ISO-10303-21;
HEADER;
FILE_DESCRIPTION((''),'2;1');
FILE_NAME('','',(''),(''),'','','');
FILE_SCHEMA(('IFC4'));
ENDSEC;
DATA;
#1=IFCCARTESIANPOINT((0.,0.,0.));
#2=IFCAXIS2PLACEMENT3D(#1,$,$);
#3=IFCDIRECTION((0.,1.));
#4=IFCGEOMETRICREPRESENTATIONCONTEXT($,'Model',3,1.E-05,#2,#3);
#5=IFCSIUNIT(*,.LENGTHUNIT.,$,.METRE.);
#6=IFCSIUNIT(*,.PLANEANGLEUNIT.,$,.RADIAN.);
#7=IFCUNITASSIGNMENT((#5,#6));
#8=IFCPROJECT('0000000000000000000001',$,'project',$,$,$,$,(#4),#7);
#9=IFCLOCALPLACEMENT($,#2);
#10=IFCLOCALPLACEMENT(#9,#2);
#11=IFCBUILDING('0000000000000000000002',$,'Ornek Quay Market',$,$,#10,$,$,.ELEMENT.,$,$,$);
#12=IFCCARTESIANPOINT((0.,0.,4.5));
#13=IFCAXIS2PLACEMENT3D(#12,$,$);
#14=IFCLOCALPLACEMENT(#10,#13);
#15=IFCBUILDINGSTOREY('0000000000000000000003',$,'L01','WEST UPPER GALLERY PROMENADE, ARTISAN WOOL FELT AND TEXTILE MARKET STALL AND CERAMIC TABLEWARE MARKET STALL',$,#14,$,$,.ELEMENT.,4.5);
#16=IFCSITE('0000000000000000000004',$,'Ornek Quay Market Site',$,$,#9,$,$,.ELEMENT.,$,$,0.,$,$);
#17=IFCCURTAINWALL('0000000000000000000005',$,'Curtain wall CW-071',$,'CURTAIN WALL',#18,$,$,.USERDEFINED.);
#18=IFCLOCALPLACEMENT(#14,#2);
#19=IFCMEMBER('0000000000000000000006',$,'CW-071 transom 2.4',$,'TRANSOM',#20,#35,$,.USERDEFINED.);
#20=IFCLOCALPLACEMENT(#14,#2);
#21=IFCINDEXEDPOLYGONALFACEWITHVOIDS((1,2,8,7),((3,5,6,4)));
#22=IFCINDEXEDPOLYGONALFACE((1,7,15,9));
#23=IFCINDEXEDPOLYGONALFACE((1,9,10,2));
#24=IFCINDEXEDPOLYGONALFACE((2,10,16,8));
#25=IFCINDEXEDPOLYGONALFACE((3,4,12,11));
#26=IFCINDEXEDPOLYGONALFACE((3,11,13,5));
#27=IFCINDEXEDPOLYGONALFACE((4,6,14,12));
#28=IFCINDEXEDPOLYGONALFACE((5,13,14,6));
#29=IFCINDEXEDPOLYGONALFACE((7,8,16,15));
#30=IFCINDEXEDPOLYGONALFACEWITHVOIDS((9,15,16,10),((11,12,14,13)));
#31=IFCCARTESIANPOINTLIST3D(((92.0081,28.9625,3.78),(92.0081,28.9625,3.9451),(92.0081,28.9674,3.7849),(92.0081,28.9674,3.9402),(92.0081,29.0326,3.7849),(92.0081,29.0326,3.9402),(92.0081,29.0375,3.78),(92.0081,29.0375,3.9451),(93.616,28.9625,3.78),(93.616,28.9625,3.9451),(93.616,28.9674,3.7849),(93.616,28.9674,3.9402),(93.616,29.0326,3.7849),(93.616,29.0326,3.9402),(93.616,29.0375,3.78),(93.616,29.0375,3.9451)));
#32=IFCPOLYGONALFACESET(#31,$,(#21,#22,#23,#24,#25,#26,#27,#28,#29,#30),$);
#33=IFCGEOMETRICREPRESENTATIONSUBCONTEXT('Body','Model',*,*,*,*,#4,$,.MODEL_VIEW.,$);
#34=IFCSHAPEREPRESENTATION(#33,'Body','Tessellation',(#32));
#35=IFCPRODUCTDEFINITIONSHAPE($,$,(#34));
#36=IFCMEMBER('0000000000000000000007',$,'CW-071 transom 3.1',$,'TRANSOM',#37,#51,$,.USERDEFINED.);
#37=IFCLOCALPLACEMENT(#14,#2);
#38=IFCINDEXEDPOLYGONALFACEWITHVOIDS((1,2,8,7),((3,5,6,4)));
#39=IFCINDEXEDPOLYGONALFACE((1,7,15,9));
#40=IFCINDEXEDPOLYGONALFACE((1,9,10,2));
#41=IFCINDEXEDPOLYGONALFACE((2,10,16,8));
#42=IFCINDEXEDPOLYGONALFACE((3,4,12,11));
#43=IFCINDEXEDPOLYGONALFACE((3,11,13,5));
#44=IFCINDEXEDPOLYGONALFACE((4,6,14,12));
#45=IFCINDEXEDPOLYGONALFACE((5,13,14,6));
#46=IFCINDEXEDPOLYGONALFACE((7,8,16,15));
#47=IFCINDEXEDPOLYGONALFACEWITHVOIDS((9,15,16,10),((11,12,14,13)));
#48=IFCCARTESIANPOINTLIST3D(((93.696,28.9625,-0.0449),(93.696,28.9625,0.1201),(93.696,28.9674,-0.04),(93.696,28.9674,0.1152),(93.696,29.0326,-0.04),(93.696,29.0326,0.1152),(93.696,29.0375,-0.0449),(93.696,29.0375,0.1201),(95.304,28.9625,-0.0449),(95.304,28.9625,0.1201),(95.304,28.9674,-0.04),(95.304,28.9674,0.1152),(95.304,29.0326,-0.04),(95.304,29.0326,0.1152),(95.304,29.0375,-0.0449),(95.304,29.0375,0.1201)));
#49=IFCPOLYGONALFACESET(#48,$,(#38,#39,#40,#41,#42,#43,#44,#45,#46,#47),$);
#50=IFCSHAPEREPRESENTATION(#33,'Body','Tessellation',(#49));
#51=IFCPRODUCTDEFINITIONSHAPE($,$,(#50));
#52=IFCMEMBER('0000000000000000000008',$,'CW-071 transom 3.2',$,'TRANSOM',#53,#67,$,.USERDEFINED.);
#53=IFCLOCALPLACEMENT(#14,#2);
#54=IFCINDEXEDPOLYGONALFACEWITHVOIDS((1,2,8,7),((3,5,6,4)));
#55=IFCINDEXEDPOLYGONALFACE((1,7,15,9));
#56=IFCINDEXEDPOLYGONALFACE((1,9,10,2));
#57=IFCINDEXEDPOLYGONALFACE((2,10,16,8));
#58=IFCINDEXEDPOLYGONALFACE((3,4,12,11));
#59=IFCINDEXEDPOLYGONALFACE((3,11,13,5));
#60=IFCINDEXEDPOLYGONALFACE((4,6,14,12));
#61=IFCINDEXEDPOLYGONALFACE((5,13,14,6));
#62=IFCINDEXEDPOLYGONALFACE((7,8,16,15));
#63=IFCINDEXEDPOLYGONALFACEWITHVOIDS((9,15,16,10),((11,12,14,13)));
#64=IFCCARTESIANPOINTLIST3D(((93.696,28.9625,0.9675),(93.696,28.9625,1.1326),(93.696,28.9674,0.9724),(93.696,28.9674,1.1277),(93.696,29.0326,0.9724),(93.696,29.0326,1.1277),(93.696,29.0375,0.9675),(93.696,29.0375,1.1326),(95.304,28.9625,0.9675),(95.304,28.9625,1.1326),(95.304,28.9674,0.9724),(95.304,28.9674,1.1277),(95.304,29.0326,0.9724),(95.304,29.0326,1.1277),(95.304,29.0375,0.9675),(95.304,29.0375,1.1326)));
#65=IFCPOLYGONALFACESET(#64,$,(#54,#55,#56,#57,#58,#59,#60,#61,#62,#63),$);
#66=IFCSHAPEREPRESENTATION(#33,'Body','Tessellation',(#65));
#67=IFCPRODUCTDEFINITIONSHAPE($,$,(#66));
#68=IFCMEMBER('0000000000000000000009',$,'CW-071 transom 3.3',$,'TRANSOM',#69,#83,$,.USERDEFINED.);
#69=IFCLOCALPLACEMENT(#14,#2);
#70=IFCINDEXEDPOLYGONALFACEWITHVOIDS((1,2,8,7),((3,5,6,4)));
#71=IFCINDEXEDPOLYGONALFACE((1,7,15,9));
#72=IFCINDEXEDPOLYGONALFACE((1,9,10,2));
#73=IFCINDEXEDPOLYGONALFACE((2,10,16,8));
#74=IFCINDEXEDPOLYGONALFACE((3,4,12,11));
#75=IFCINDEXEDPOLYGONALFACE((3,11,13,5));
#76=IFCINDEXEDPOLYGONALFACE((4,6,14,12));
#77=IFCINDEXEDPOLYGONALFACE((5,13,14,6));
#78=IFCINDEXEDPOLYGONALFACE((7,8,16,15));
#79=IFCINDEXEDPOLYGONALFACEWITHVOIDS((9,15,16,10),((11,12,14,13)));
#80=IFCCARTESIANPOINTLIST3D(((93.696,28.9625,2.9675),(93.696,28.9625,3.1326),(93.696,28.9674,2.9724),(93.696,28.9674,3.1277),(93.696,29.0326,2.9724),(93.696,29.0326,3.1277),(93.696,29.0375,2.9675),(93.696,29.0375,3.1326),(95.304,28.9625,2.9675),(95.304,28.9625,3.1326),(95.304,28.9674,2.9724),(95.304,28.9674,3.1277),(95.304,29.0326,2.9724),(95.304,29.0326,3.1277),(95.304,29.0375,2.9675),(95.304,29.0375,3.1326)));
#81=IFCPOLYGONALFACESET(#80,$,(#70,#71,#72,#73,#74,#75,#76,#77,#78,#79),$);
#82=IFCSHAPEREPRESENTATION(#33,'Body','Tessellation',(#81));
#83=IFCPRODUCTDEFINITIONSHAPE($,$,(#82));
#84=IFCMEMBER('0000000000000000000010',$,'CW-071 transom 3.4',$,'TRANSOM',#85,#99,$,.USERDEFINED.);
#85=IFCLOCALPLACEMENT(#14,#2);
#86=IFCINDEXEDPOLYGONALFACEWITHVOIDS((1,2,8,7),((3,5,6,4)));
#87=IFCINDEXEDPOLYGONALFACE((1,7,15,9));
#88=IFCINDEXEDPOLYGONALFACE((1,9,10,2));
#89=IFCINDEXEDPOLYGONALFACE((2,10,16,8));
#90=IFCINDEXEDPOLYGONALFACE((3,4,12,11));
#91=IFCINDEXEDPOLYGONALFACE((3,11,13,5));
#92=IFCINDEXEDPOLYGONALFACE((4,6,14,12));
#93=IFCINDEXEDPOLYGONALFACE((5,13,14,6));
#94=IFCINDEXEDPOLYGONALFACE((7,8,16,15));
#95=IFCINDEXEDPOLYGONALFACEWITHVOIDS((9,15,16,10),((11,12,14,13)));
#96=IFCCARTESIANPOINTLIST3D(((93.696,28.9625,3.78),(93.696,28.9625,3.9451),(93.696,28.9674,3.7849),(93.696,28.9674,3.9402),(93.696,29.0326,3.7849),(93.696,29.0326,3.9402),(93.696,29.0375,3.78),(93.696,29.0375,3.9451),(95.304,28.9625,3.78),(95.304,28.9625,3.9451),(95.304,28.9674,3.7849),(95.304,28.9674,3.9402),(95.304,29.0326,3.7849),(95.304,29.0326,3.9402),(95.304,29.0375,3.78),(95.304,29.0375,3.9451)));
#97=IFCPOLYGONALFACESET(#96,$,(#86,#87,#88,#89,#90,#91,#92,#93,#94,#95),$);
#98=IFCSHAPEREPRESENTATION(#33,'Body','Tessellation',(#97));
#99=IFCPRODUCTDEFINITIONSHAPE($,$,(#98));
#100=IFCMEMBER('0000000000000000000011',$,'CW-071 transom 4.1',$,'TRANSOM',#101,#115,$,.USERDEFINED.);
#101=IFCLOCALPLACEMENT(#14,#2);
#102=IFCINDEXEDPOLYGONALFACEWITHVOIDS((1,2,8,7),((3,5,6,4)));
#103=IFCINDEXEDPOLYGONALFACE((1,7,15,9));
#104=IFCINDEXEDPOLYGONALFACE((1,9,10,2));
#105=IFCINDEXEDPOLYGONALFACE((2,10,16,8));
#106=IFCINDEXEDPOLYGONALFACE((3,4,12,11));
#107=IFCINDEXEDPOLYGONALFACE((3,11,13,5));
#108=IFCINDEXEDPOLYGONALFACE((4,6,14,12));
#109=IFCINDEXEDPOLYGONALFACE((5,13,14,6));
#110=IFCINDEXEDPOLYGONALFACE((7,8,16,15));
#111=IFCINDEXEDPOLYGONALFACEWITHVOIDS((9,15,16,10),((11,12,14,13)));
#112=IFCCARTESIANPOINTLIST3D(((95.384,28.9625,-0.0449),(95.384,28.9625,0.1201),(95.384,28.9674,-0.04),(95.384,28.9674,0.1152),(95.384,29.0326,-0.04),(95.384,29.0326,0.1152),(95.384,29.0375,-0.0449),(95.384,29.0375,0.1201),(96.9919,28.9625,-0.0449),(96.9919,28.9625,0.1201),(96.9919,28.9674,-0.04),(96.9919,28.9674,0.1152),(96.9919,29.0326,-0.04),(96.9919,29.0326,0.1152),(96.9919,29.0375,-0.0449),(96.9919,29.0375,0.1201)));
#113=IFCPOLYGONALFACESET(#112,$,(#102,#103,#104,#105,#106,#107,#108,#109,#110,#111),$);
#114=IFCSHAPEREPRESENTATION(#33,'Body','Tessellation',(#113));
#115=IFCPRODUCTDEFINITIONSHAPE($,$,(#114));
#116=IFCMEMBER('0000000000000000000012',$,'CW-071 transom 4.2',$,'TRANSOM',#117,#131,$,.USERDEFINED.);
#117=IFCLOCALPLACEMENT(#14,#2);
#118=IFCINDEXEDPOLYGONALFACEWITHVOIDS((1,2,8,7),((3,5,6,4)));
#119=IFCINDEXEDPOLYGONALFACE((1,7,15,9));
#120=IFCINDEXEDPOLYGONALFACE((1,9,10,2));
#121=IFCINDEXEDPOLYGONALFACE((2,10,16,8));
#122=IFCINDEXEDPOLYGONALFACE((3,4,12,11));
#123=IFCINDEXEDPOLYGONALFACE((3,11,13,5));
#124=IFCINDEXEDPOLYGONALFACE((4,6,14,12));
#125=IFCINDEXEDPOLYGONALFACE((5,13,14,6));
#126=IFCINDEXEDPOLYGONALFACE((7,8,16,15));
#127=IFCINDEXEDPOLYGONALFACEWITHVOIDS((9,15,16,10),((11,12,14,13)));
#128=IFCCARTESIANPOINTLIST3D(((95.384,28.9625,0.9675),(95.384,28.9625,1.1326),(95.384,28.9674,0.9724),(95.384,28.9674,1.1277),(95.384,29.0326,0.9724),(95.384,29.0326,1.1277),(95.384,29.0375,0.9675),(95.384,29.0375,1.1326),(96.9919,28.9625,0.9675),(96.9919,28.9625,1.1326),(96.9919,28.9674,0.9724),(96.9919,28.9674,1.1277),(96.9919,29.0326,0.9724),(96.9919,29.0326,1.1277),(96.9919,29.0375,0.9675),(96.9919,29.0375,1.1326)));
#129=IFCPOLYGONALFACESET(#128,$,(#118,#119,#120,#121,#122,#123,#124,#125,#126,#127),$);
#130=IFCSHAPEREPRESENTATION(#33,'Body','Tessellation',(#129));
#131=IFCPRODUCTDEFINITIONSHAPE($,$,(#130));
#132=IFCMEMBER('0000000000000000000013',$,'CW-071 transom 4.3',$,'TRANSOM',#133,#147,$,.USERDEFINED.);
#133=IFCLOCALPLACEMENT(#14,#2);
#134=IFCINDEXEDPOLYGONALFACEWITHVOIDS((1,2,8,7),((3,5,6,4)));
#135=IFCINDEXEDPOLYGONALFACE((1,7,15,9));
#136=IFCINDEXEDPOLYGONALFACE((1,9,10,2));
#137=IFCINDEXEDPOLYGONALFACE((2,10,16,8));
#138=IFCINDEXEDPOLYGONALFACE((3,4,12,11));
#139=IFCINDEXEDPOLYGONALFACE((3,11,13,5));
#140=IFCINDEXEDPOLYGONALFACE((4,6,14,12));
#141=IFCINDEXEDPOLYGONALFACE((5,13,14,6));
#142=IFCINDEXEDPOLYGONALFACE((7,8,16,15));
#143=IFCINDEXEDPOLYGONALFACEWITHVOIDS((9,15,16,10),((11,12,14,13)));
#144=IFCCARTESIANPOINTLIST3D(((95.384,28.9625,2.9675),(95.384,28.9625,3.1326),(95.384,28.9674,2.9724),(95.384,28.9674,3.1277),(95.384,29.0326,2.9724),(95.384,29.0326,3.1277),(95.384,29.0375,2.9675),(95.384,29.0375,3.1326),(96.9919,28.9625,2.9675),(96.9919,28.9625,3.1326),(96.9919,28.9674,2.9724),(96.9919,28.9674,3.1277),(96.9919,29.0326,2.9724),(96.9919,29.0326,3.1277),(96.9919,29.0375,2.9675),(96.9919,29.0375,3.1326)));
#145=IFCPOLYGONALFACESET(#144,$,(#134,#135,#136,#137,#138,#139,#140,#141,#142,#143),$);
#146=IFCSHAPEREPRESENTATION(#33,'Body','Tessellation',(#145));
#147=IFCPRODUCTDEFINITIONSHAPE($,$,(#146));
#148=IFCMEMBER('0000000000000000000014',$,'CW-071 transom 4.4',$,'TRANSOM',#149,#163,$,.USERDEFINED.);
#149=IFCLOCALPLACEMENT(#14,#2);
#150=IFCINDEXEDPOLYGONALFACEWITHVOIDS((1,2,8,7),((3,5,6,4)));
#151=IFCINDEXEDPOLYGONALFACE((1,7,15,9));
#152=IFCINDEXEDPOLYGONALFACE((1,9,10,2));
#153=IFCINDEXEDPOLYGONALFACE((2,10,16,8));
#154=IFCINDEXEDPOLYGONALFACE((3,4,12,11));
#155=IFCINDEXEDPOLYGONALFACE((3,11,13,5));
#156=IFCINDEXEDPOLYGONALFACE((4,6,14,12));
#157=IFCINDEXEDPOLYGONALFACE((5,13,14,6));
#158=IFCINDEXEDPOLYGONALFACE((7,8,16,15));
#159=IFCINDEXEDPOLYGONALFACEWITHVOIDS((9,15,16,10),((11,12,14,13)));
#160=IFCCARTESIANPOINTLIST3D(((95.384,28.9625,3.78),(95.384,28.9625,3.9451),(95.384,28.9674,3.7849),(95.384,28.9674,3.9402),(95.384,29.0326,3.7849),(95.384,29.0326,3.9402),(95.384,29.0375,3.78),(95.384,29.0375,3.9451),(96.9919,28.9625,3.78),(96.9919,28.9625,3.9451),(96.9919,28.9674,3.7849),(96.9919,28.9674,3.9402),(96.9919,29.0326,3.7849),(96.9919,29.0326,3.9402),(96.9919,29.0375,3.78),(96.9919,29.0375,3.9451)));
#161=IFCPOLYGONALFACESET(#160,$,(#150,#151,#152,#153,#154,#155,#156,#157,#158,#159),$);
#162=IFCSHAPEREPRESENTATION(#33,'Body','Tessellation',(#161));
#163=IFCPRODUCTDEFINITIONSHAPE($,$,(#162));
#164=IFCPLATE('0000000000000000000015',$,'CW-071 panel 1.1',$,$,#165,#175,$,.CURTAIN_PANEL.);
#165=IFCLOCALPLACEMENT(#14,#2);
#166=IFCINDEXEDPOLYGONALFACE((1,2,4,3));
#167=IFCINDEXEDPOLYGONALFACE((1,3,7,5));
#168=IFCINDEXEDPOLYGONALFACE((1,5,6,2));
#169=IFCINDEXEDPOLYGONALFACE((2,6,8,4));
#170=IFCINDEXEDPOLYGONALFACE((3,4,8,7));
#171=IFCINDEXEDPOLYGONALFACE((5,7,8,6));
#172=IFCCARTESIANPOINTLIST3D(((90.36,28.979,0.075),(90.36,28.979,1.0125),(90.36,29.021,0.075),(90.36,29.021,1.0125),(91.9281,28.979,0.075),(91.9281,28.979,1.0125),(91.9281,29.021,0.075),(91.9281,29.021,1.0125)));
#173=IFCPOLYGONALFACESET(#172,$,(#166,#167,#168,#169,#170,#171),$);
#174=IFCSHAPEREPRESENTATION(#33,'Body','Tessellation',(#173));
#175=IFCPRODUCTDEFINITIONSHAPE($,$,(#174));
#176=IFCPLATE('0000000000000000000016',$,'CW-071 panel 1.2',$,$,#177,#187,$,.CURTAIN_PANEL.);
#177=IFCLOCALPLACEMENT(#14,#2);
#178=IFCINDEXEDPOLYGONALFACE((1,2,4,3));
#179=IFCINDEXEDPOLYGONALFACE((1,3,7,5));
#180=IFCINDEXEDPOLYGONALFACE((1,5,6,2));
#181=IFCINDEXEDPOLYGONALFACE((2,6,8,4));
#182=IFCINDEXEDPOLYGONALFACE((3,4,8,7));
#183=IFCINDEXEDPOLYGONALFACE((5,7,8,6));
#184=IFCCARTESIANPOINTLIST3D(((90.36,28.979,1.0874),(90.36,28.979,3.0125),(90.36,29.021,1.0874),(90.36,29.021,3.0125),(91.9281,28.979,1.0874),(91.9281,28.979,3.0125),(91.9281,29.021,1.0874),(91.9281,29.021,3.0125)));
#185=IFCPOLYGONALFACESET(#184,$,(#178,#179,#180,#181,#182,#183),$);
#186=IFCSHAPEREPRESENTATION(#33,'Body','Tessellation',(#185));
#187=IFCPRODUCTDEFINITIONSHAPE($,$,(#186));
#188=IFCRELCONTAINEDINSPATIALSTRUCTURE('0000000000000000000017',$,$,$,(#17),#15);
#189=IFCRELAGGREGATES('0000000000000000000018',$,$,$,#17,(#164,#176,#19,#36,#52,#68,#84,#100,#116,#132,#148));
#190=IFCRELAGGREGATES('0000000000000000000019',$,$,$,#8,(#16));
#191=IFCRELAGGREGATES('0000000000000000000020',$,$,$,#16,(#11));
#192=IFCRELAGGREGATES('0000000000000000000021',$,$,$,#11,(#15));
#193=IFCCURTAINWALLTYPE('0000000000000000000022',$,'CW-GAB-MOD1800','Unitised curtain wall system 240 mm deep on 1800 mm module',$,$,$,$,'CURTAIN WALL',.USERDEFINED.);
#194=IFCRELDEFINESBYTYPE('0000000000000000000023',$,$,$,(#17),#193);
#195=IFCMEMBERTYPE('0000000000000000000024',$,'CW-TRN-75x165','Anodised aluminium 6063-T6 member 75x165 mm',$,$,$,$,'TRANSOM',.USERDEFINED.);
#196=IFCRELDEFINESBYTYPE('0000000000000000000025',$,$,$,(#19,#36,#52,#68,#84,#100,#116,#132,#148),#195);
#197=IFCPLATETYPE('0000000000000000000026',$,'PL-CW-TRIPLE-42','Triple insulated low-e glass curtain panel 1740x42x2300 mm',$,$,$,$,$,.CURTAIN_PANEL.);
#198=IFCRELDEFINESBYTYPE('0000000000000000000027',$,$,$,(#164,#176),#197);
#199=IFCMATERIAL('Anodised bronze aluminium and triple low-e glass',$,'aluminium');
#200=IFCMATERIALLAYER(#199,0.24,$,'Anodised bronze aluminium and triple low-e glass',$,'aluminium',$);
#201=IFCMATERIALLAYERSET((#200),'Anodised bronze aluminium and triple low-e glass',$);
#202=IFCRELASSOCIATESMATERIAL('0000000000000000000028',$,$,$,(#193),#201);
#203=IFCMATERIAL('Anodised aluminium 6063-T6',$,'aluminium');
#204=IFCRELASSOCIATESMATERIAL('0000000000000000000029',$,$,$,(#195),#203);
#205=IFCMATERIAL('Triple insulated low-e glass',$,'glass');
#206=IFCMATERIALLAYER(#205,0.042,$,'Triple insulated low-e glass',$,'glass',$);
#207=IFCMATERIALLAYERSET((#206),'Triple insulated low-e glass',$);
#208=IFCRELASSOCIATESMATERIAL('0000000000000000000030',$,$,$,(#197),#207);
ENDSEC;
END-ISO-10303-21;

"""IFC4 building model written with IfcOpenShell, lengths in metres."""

from ifc_helpers import new_model, si_unit, direction, frame, origin, origin_2d, place, context, subcontext, project, spatial, rectangle, hollow_rectangle, extrude, material, layer, layer_set, material_profile, profile_set, type_object, element, aggregate, save


model = new_model("IFC4")

# Units and contexts
model_context = context("Model", 3, precision=1e-05, world=origin(), true_north=direction((0.0, 1.0)))
body_context = subcontext(model_context, "Body", "Model", "MODEL_VIEW")
ifc_project = project(units=[si_unit("LENGTHUNIT", "METRE"), si_unit("PLANEANGLEUNIT", "RADIAN")], contexts=[model_context])

# Site, building, storey
site_placement = place(None, origin())
site = spatial("IfcSite", under=ifc_project, at=site_placement, Name="Ornek Quay Market Site", CompositionType="ELEMENT", RefElevation=0.0)
building_placement = place(site_placement, origin())
building = spatial("IfcBuilding", under=site, at=building_placement, Name="Ornek Quay Market", CompositionType="ELEMENT")
storey_placement = place(building_placement, frame((0.0, 0.0, 4.5)))
storey = spatial("IfcBuildingStorey", under=building, at=storey_placement, Name="L01", Description="WEST UPPER GALLERY PROMENADE, ARTISAN WOOL FELT AND TEXTILE MARKET STALL AND CERAMIC TABLEWARE MARKET STALL", CompositionType="ELEMENT", Elevation=4.5)

# Curtain wall, members, plates
ifc_material_1 = material(Name="Anodised bronze aluminium and triple low-e glass", Category="aluminium")
ifc_layer_1 = layer(ifc_material_1, 0.24, Name="Anodised bronze aluminium and triple low-e glass", Category="aluminium")
ifc_layer_set_1 = layer_set([ifc_layer_1], Name="Anodised bronze aluminium and triple low-e glass")
curtain_wall_type = type_object("IfcCurtainWallType", Name="CW-GAB-MOD1800", Description="Unitised curtain wall system 240 mm deep on 1800 mm module", ElementType="CURTAIN WALL", PredefinedType="USERDEFINED", material=ifc_layer_set_1)
curtain_wall_placement = place(storey_placement, origin())
curtain_wall = element("IfcCurtainWall", 1, at=curtain_wall_placement, inside=storey, type_object=curtain_wall_type, Name="Curtain wall CW-071", ObjectType="CURTAIN WALL", PredefinedType="USERDEFINED")
ifc_material_2 = material(Name="Anodised aluminium 6063-T6", Category="aluminium")
ifc_material_profile_1 = material_profile(ifc_material_2, hollow_rectangle(XDim=0.075, YDim=0.165, WallThickness=0.0049, at=origin_2d()), Name="CW-TRN-75x165", Category="aluminium")
ifc_profile_set_1 = profile_set([ifc_material_profile_1], Name="Anodised aluminium 6063-T6")
member_type_1 = type_object("IfcMemberType", Name="CW-TRN-75x165", Description="Anodised aluminium 6063-T6 member 75x165 mm", ElementType="TRANSOM", PredefinedType="USERDEFINED", material=ifc_profile_set_1)
member_1_placement = place(storey_placement, frame((92.0081, 29.0, 3.8625), z_axis=(1.0, 0.0, 0.0), x_axis=(0.0, 1.0, 0.0)))
member_1 = element("IfcMember", 2, at=member_1_placement, type_object=member_type_1, Name="CW-071 transom 2.4", ObjectType="TRANSOM", PredefinedType="USERDEFINED", context=body_context, shape_type="SweptSolid", body=[
    extrude(hollow_rectangle(XDim=0.075, YDim=0.165, WallThickness=0.0049, at=origin_2d()), origin(), (0.0, 0.0, 1.0), 1.6079),
])
member_2_placement = place(storey_placement, frame((93.696, 29.0, 0.0376), z_axis=(1.0, 0.0, 0.0), x_axis=(0.0, 1.0, 0.0)))
member_2 = element("IfcMember", 3, at=member_2_placement, type_object=member_type_1, Name="CW-071 transom 3.1", ObjectType="TRANSOM", PredefinedType="USERDEFINED", context=body_context, shape_type="SweptSolid", body=[
    extrude(hollow_rectangle(XDim=0.075, YDim=0.165, WallThickness=0.0049, at=origin_2d()), origin(), (0.0, 0.0, 1.0), 1.6079),
])
member_3_placement = place(storey_placement, frame((93.696, 29.0, 1.05), z_axis=(1.0, 0.0, 0.0), x_axis=(0.0, 1.0, 0.0)))
member_3 = element("IfcMember", 4, at=member_3_placement, type_object=member_type_1, Name="CW-071 transom 3.2", ObjectType="TRANSOM", PredefinedType="USERDEFINED", context=body_context, shape_type="SweptSolid", body=[
    extrude(hollow_rectangle(XDim=0.075, YDim=0.165, WallThickness=0.0049, at=origin_2d()), origin(), (0.0, 0.0, 1.0), 1.6079),
])
member_4_placement = place(storey_placement, frame((93.696, 29.0, 3.05), z_axis=(1.0, 0.0, 0.0), x_axis=(0.0, 1.0, 0.0)))
member_4 = element("IfcMember", 5, at=member_4_placement, type_object=member_type_1, Name="CW-071 transom 3.3", ObjectType="TRANSOM", PredefinedType="USERDEFINED", context=body_context, shape_type="SweptSolid", body=[
    extrude(hollow_rectangle(XDim=0.075, YDim=0.165, WallThickness=0.0049, at=origin_2d()), origin(), (0.0, 0.0, 1.0), 1.6079),
])
member_5_placement = place(storey_placement, frame((93.696, 29.0, 3.8625), z_axis=(1.0, 0.0, 0.0), x_axis=(0.0, 1.0, 0.0)))
member_5 = element("IfcMember", 6, at=member_5_placement, type_object=member_type_1, Name="CW-071 transom 3.4", ObjectType="TRANSOM", PredefinedType="USERDEFINED", context=body_context, shape_type="SweptSolid", body=[
    extrude(hollow_rectangle(XDim=0.075, YDim=0.165, WallThickness=0.0049, at=origin_2d()), origin(), (0.0, 0.0, 1.0), 1.6079),
])
member_6_placement = place(storey_placement, frame((95.384, 29.0, 0.0376), z_axis=(1.0, 0.0, 0.0), x_axis=(0.0, 1.0, 0.0)))
member_6 = element("IfcMember", 7, at=member_6_placement, type_object=member_type_1, Name="CW-071 transom 4.1", ObjectType="TRANSOM", PredefinedType="USERDEFINED", context=body_context, shape_type="SweptSolid", body=[
    extrude(hollow_rectangle(XDim=0.075, YDim=0.165, WallThickness=0.0049, at=origin_2d()), origin(), (0.0, 0.0, 1.0), 1.6079),
])
member_7_placement = place(storey_placement, frame((95.384, 29.0, 1.05), z_axis=(1.0, 0.0, 0.0), x_axis=(0.0, 1.0, 0.0)))
member_7 = element("IfcMember", 8, at=member_7_placement, type_object=member_type_1, Name="CW-071 transom 4.2", ObjectType="TRANSOM", PredefinedType="USERDEFINED", context=body_context, shape_type="SweptSolid", body=[
    extrude(hollow_rectangle(XDim=0.075, YDim=0.165, WallThickness=0.0049, at=origin_2d()), origin(), (0.0, 0.0, 1.0), 1.6079),
])
member_8_placement = place(storey_placement, frame((95.384, 29.0, 3.05), z_axis=(1.0, 0.0, 0.0), x_axis=(0.0, 1.0, 0.0)))
member_8 = element("IfcMember", 9, at=member_8_placement, type_object=member_type_1, Name="CW-071 transom 4.3", ObjectType="TRANSOM", PredefinedType="USERDEFINED", context=body_context, shape_type="SweptSolid", body=[
    extrude(hollow_rectangle(XDim=0.075, YDim=0.165, WallThickness=0.0049, at=origin_2d()), origin(), (0.0, 0.0, 1.0), 1.6079),
])
member_9_placement = place(storey_placement, frame((95.384, 29.0, 3.8625), z_axis=(1.0, 0.0, 0.0), x_axis=(0.0, 1.0, 0.0)))
member_9 = element("IfcMember", 10, at=member_9_placement, type_object=member_type_1, Name="CW-071 transom 4.4", ObjectType="TRANSOM", PredefinedType="USERDEFINED", context=body_context, shape_type="SweptSolid", body=[
    extrude(hollow_rectangle(XDim=0.075, YDim=0.165, WallThickness=0.0049, at=origin_2d()), origin(), (0.0, 0.0, 1.0), 1.6079),
])
ifc_material_3 = material(Name="Triple insulated low-e glass", Category="glass")
ifc_layer_2 = layer(ifc_material_3, 0.042, Name="Triple insulated low-e glass", Category="glass")
ifc_layer_set_2 = layer_set([ifc_layer_2], Name="Triple insulated low-e glass")
plate_type = type_object("IfcPlateType", Name="PL-CW-TRIPLE-42", Description="Triple insulated low-e glass curtain panel 1740x42x2300 mm", PredefinedType="CURTAIN_PANEL", material=ifc_layer_set_2)
plate_1_placement = place(storey_placement, frame((91.144, 29.0, 0.075), z_axis=(0.0, 0.0, 1.0), x_axis=(1.0, 0.0, 0.0)))
plate_1 = element("IfcPlate", 11, at=plate_1_placement, type_object=plate_type, Name="CW-071 panel 1.1", PredefinedType="CURTAIN_PANEL", context=body_context, shape_type="SweptSolid", body=[
    extrude(rectangle(XDim=1.5681, YDim=0.042, at=origin_2d()), origin(), (0.0, 0.0, 1.0), 0.9375),
])
plate_2_placement = place(storey_placement, frame((91.144, 29.0, 1.0874), z_axis=(0.0, 0.0, 1.0), x_axis=(1.0, 0.0, 0.0)))
plate_2 = element("IfcPlate", 12, at=plate_2_placement, type_object=plate_type, Name="CW-071 panel 1.2", PredefinedType="CURTAIN_PANEL", context=body_context, shape_type="SweptSolid", body=[
    extrude(rectangle(XDim=1.5681, YDim=0.042, at=origin_2d()), origin(), (0.0, 0.0, 1.0), 1.925),
])
aggregate(curtain_wall, [plate_1, plate_2, member_1, member_2, member_3, member_4, member_5, member_6, member_7, member_8, member_9])

save(model, "model.ifc")
